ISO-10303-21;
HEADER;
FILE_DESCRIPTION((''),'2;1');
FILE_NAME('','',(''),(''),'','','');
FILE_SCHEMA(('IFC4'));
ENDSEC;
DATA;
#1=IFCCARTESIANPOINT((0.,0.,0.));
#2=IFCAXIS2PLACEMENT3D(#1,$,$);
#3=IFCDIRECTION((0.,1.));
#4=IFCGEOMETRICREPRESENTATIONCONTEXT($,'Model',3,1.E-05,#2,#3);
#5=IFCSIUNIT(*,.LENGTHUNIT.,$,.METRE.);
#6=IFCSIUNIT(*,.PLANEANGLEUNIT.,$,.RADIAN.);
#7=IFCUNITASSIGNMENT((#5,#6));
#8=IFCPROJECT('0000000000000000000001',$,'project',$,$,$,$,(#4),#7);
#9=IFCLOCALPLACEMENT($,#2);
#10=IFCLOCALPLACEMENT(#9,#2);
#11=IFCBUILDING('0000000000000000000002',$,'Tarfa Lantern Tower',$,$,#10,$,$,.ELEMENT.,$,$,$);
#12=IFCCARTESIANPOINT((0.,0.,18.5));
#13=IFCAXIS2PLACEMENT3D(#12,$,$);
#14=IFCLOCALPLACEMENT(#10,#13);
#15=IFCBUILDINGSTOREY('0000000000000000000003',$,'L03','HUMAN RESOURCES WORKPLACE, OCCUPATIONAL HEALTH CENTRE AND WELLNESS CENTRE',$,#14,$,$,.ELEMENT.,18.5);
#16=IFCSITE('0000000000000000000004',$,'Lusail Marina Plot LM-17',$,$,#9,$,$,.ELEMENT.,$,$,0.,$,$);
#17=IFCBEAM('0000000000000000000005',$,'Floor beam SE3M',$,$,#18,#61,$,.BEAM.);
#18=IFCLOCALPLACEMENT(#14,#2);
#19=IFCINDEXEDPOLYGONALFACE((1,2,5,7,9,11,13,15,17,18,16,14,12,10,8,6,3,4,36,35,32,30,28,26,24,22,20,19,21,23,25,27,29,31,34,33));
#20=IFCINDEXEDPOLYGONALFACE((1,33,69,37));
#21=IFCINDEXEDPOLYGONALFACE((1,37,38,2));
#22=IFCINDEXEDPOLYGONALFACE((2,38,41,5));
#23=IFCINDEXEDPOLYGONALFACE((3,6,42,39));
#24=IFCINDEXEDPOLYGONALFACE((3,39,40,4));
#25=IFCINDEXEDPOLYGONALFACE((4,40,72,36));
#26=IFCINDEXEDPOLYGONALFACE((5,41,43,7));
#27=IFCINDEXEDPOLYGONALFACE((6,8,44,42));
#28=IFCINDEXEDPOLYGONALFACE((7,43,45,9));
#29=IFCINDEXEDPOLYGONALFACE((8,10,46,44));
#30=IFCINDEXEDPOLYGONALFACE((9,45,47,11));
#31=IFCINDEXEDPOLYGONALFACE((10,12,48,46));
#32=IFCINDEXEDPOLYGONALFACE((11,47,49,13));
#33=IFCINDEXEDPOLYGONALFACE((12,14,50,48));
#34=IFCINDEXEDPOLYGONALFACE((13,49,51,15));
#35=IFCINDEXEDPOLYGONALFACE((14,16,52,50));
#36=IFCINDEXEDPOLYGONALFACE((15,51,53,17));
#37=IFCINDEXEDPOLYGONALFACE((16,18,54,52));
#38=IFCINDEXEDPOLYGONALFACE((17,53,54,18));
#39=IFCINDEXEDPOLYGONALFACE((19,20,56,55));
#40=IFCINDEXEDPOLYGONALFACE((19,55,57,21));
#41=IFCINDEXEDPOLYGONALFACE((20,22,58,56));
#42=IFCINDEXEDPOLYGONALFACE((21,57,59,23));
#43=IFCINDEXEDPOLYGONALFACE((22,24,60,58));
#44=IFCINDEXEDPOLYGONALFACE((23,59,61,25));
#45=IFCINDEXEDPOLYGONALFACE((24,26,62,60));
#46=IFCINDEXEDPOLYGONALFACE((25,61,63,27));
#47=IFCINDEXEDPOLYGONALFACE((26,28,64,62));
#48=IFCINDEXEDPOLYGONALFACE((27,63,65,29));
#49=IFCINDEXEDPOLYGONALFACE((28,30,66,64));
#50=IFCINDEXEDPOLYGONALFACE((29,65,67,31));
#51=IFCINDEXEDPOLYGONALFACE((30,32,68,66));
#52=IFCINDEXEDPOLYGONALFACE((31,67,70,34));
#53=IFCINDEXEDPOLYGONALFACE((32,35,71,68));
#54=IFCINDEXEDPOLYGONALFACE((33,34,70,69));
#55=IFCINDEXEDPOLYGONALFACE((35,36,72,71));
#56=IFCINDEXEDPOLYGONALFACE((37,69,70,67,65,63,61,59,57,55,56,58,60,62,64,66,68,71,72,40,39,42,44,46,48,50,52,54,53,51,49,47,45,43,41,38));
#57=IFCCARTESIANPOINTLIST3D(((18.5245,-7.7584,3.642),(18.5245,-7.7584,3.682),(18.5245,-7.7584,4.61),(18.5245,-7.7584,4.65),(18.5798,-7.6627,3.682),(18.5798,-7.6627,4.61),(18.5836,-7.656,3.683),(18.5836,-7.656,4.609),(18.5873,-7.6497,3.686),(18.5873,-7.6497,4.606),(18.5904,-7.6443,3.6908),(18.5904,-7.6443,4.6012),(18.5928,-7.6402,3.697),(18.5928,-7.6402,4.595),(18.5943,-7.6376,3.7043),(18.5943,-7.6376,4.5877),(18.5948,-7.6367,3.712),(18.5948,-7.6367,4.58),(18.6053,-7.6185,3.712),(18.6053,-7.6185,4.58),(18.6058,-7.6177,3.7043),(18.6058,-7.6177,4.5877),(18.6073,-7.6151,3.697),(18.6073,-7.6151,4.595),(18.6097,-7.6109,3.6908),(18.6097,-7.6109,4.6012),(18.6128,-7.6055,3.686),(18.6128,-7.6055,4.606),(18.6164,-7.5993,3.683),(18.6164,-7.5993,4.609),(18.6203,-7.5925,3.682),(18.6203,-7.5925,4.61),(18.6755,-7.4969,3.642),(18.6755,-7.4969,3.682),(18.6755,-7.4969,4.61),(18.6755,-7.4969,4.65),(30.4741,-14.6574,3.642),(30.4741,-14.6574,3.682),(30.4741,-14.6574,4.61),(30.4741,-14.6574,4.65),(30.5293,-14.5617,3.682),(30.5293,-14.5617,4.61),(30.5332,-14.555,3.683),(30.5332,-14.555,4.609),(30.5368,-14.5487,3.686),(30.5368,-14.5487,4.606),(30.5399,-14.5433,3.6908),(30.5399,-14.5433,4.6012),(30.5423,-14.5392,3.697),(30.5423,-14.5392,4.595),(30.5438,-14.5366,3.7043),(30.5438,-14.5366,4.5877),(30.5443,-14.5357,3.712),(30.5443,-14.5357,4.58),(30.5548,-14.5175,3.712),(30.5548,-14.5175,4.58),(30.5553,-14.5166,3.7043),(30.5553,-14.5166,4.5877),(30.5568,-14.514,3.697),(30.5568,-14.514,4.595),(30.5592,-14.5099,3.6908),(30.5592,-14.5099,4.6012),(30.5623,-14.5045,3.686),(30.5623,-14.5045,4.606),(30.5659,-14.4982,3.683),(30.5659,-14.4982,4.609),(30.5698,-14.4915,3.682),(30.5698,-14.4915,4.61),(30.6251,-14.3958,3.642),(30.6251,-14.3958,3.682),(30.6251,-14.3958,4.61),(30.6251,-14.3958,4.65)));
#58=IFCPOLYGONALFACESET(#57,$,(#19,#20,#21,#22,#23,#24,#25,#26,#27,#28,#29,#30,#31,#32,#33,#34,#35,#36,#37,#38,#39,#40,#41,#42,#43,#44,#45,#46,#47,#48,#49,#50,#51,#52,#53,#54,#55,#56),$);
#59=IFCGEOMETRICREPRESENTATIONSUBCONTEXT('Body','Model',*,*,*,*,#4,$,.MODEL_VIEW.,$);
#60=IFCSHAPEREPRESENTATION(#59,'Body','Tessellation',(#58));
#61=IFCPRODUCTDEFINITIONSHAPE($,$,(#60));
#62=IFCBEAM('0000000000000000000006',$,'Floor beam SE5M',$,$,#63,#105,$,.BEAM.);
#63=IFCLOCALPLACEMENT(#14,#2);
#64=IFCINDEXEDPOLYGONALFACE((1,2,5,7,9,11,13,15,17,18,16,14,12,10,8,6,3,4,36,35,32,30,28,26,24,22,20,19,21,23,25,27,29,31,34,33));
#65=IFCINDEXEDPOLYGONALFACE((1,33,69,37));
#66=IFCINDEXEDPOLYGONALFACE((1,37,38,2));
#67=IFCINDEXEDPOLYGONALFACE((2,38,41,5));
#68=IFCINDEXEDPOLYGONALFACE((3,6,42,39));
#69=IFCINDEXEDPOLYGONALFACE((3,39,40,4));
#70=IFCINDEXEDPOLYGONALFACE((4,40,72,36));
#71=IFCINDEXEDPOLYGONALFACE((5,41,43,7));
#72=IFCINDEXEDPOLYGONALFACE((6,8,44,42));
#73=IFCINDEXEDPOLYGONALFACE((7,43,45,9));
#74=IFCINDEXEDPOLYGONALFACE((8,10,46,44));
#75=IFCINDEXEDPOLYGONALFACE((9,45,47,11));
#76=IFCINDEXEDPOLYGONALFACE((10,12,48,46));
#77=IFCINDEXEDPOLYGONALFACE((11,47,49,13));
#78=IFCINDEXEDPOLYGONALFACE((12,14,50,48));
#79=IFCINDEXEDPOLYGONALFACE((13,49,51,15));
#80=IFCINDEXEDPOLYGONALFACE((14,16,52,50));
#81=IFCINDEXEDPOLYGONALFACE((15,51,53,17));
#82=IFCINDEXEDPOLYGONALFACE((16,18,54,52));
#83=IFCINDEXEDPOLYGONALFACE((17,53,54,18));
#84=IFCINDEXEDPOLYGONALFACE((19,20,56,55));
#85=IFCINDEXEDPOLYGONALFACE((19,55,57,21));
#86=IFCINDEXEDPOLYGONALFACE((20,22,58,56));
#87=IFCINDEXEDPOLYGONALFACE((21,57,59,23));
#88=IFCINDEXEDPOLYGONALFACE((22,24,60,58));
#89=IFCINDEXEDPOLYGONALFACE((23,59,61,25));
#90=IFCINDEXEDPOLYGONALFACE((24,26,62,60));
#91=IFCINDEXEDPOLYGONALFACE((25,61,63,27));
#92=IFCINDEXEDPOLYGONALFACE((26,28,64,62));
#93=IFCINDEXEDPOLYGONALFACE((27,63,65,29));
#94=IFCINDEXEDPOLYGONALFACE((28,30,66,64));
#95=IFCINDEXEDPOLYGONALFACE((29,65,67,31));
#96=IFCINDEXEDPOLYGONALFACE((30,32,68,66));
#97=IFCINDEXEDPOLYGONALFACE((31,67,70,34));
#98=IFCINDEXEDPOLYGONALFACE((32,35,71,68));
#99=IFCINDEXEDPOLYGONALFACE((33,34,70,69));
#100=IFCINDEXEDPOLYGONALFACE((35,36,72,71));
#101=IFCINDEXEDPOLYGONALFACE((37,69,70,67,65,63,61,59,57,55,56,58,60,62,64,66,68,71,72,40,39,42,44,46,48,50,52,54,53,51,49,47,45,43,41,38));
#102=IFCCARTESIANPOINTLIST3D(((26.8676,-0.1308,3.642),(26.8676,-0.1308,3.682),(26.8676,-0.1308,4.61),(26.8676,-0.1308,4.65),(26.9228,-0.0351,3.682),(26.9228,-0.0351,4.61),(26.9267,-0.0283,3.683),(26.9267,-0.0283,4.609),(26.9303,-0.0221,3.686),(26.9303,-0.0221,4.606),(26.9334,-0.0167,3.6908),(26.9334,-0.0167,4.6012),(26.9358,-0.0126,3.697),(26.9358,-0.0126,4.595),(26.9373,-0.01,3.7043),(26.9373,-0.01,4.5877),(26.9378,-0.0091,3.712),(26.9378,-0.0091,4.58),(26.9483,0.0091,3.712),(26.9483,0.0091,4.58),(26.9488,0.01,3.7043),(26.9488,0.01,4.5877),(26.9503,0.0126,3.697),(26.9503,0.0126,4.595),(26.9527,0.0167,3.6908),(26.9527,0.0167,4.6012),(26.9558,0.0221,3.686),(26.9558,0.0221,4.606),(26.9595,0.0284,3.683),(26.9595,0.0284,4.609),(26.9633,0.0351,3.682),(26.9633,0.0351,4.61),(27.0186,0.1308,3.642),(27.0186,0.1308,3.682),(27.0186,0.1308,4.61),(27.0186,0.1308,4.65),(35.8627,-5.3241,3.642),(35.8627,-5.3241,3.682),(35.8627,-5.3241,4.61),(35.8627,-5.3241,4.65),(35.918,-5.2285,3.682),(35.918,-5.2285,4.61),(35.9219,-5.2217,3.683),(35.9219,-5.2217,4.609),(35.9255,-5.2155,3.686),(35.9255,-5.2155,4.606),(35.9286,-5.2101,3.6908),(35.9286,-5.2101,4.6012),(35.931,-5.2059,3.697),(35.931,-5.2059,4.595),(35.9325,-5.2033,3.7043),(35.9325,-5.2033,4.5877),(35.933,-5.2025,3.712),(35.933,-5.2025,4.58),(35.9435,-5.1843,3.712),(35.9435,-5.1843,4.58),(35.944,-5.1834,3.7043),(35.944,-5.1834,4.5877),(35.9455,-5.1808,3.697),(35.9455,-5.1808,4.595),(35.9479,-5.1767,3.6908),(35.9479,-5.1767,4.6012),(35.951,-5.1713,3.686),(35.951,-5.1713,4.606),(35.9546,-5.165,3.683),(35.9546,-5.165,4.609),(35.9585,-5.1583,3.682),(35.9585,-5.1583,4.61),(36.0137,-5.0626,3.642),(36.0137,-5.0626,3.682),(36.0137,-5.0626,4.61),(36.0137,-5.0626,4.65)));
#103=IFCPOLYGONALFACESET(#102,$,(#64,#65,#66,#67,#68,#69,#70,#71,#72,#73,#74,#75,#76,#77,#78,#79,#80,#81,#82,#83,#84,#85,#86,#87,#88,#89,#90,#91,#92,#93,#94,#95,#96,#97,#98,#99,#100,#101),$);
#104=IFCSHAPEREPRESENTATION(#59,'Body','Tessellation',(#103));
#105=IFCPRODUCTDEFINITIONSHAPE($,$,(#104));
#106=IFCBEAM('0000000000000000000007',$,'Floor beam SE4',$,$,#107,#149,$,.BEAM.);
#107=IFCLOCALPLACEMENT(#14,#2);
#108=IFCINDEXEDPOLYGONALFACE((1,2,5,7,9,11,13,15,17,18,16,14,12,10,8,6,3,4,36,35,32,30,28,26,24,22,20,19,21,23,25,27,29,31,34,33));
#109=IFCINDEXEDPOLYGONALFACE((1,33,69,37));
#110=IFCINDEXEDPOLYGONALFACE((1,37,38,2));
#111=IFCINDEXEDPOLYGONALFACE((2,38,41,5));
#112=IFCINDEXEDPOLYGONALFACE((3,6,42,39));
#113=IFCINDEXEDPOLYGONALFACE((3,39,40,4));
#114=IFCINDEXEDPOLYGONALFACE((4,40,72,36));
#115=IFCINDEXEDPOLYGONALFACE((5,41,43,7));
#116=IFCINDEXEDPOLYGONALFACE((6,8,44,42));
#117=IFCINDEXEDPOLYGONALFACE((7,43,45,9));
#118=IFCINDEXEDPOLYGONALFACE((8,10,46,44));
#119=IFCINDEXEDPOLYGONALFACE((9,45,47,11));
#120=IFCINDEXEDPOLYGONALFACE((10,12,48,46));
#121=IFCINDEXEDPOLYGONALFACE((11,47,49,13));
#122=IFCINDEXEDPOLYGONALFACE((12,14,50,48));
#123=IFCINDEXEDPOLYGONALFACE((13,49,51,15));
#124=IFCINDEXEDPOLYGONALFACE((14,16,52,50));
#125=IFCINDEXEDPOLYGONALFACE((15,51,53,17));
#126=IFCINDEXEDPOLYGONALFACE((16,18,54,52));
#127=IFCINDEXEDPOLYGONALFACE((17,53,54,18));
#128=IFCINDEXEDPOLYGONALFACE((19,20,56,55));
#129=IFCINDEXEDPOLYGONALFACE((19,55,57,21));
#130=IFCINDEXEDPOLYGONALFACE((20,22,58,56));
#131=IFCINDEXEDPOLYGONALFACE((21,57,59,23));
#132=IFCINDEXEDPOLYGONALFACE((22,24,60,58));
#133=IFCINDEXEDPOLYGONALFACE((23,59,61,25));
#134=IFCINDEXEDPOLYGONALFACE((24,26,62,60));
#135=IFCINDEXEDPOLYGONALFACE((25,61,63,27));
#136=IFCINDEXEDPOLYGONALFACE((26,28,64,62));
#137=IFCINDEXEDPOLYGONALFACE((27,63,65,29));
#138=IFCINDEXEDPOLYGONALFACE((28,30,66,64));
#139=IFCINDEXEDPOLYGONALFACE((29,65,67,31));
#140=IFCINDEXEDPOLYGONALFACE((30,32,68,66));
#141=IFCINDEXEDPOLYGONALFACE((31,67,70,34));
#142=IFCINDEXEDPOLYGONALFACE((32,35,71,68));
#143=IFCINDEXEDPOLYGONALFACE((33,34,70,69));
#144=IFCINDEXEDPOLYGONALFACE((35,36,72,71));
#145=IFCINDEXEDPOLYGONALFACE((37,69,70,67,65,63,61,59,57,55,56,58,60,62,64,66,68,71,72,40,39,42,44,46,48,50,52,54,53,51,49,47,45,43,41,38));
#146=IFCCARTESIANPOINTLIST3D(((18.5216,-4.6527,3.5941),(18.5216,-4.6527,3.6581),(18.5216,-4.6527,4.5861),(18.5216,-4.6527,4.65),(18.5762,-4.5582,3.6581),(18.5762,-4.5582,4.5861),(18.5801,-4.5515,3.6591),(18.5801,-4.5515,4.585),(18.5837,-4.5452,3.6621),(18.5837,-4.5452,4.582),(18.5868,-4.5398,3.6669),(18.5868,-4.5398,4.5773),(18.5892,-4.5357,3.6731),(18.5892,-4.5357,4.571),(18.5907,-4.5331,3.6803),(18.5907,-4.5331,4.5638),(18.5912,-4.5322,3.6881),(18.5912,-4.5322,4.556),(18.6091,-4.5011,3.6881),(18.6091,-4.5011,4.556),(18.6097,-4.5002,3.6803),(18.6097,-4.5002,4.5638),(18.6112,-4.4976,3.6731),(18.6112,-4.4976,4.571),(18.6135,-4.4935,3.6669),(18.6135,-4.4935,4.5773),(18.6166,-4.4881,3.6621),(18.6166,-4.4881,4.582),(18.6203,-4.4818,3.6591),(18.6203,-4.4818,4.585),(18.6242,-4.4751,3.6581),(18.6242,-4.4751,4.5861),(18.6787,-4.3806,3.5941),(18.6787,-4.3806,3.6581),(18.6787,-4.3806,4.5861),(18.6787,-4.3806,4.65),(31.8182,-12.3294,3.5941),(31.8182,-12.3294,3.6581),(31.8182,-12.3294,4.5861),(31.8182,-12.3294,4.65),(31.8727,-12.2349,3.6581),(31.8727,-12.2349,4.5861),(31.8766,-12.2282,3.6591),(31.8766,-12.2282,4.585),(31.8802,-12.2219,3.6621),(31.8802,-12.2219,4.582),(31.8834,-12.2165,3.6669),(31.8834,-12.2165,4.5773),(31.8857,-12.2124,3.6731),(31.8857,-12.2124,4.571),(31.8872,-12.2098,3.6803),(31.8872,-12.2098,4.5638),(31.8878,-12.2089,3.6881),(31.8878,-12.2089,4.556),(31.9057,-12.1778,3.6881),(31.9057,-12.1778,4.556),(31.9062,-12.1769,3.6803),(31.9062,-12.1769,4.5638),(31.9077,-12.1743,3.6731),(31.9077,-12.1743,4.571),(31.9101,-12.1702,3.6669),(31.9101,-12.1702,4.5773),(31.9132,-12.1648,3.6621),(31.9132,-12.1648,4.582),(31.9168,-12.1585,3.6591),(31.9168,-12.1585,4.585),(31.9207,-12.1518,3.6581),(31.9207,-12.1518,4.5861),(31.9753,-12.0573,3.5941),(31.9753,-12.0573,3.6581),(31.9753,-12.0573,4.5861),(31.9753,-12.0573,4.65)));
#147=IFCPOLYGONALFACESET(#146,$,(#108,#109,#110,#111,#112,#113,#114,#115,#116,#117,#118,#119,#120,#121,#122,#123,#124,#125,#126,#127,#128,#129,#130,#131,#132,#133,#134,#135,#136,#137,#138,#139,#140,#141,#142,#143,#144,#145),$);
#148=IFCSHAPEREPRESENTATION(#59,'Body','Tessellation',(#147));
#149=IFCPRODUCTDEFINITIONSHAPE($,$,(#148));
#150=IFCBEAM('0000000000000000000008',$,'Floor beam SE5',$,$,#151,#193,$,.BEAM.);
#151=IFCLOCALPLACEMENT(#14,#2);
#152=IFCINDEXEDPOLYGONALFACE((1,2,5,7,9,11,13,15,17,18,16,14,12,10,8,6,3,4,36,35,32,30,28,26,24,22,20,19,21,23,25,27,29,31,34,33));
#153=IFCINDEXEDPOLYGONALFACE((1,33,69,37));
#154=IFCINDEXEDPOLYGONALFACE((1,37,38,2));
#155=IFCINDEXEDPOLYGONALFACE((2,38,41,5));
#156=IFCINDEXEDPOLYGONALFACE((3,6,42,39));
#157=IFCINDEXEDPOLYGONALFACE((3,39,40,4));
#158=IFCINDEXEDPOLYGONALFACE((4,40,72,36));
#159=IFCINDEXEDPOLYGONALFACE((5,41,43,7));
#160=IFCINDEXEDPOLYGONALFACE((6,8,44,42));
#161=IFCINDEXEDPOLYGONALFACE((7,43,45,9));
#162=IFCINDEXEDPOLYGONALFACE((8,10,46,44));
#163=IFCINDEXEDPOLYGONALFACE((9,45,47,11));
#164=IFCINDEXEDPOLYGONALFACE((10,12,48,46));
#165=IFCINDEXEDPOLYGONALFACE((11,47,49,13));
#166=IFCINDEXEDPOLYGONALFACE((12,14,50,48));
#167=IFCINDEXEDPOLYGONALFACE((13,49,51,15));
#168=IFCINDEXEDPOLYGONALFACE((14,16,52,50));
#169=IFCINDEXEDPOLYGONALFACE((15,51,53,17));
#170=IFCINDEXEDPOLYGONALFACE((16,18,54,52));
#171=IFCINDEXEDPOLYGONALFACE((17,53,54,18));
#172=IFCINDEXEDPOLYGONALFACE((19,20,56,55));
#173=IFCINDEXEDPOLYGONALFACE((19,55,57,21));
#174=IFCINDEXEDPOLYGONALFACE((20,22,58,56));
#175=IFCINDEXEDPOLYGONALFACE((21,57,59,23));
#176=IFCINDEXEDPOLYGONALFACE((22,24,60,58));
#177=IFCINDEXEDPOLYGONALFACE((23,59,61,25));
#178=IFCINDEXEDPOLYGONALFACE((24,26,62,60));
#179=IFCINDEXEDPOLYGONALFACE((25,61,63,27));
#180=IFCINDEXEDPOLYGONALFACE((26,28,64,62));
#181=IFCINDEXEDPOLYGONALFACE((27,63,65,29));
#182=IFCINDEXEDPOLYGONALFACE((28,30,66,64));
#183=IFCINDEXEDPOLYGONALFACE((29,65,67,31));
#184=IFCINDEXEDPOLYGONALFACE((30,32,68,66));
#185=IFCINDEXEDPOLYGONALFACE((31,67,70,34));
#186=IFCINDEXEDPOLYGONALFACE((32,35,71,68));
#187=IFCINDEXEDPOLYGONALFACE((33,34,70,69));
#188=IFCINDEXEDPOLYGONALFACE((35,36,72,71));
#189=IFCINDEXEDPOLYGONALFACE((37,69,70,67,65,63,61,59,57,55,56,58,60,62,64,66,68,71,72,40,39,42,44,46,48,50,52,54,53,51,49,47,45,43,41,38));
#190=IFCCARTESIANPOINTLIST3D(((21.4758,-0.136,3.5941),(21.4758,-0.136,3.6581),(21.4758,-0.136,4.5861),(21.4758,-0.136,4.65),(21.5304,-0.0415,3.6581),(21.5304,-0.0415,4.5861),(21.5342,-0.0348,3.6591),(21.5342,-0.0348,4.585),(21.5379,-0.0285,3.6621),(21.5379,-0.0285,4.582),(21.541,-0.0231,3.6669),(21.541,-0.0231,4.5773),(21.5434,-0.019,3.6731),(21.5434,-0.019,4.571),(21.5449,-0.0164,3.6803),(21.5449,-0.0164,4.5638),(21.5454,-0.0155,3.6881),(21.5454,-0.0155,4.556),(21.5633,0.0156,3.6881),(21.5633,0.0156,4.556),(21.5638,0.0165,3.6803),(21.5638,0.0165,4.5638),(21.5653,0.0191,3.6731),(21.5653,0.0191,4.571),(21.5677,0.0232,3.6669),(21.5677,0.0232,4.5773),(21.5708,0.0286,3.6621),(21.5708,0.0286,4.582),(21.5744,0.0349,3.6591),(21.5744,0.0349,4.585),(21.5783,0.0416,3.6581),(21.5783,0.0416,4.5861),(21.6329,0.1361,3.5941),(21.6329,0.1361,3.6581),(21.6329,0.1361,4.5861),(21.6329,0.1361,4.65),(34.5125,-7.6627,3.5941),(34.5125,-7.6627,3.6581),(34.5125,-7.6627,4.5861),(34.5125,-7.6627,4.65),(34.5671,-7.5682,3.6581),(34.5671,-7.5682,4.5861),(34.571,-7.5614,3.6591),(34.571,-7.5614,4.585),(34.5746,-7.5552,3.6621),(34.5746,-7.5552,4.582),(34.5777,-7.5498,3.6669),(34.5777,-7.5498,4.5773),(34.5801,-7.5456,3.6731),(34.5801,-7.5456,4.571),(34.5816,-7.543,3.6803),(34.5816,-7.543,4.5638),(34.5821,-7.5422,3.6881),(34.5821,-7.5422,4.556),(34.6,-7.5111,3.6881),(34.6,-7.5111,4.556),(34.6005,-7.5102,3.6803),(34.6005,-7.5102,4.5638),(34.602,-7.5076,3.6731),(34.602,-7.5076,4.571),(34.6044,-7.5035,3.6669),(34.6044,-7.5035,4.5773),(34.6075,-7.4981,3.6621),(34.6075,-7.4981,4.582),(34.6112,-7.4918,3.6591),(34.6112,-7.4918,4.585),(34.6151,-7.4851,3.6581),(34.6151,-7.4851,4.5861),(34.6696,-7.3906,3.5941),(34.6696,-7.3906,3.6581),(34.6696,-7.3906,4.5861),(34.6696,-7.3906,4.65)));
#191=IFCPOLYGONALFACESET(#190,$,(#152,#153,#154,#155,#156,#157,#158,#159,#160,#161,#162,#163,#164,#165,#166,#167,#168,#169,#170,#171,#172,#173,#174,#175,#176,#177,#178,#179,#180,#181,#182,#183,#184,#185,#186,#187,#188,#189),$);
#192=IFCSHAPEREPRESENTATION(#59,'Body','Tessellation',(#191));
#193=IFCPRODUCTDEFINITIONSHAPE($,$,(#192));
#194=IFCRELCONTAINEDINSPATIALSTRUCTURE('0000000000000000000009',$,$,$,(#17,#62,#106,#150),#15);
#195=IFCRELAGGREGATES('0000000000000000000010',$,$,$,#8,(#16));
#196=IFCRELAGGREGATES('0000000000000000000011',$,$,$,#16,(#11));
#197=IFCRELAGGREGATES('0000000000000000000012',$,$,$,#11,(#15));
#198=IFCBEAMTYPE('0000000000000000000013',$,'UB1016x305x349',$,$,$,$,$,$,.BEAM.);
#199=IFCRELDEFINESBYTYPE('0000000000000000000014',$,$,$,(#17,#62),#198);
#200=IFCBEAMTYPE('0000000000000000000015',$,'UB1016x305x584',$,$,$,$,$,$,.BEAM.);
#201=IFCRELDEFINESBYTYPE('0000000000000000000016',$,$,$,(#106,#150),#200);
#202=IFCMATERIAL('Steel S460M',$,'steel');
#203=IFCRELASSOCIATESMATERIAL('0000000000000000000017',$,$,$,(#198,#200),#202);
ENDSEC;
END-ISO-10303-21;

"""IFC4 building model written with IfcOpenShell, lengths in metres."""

from ifc_helpers import new_model, si_unit, direction, frame, origin, origin_2d, place, context, subcontext, project, spatial, i_section, extrude, material, material_profile, profile_set, type_object, element, save


model = new_model("IFC4")

# Units and contexts
model_context = context("Model", 3, precision=1e-05, world=origin(), true_north=direction((0.0, 1.0)))
body_context = subcontext(model_context, "Body", "Model", "MODEL_VIEW")
ifc_project = project(units=[si_unit("LENGTHUNIT", "METRE"), si_unit("PLANEANGLEUNIT", "RADIAN")], contexts=[model_context])

# Site, building, storey
site_placement = place(None, origin())
site = spatial("IfcSite", under=ifc_project, at=site_placement, Name="Lusail Marina Plot LM-17", CompositionType="ELEMENT", RefElevation=0.0)
building_placement = place(site_placement, origin())
building = spatial("IfcBuilding", under=site, at=building_placement, Name="Tarfa Lantern Tower", CompositionType="ELEMENT")
storey_placement = place(building_placement, frame((0.0, 0.0, 18.5)))
storey = spatial("IfcBuildingStorey", under=building, at=storey_placement, Name="L03", Description="HUMAN RESOURCES WORKPLACE, OCCUPATIONAL HEALTH CENTRE AND WELLNESS CENTRE", CompositionType="ELEMENT", Elevation=18.5)

# Beams
ifc_material_1 = material(Name="Steel S460M", Category="steel")
ifc_material_profile_1 = material_profile(ifc_material_1, i_section(OverallWidth=0.302, OverallDepth=1.0081, WebThickness=0.021, FlangeThickness=0.04, FilletRadius=0.03, at=origin_2d()), Name="UB1016x305x349")
ifc_profile_set_1 = profile_set([ifc_material_profile_1], Name="Steel S460M")
beam_type_1 = type_object("IfcBeamType", Name="UB1016x305x349", PredefinedType="BEAM", material=ifc_profile_set_1)
beam_1_placement = place(storey_placement, frame((30.5496, -14.5266, 4.146), z_axis=(-0.866029, 0.499995, 0.0), x_axis=(-0.499995, -0.866029, 0.0)))
element("IfcBeam", 1, at=beam_1_placement, inside=storey, type_object=beam_type_1, Name="Floor beam SE3M", PredefinedType="BEAM", context=body_context, shape_type="SweptSolid", body=[
    extrude(i_section(OverallWidth=0.302, OverallDepth=1.0081, WebThickness=0.021, FlangeThickness=0.04, FilletRadius=0.03, at=origin_2d()), origin(), (0.0, 0.0, 1.0), 13.7981),
])
beam_2_placement = place(storey_placement, frame((35.9382, -5.1934, 4.146), z_axis=(-0.866024, 0.500002, 0.0), x_axis=(-0.500002, -0.866024, 0.0)))
element("IfcBeam", 2, at=beam_2_placement, inside=storey, type_object=beam_type_1, Name="Floor beam SE5M", PredefinedType="BEAM", context=body_context, shape_type="SweptSolid", body=[
    extrude(i_section(OverallWidth=0.302, OverallDepth=1.0081, WebThickness=0.021, FlangeThickness=0.04, FilletRadius=0.03, at=origin_2d()), origin(), (0.0, 0.0, 1.0), 10.3867),
])
ifc_material_profile_2 = material_profile(ifc_material_1, i_section(OverallWidth=0.3142, OverallDepth=1.0559, WebThickness=0.0359, FlangeThickness=0.064, FilletRadius=0.03, at=origin_2d()), Name="UB1016x305x584")
ifc_profile_set_2 = profile_set([ifc_material_profile_2], Name="Steel S460M")
beam_type_2 = type_object("IfcBeamType", Name="UB1016x305x584", PredefinedType="BEAM", material=ifc_profile_set_2)
beam_3_placement = place(storey_placement, frame((31.8967, -12.1934, 4.1221), z_axis=(-0.866027, 0.499997, 0.0), x_axis=(-0.499997, -0.866027, 0.0)))
element("IfcBeam", 3, at=beam_3_placement, inside=storey, type_object=beam_type_2, Name="Floor beam SE4", PredefinedType="BEAM", context=body_context, shape_type="SweptSolid", body=[
    extrude(i_section(OverallWidth=0.3142, OverallDepth=1.0559, WebThickness=0.0359, FlangeThickness=0.064, FilletRadius=0.03, at=origin_2d()), origin(), (0.0, 0.0, 1.0), 15.3535),
])
beam_4_placement = place(storey_placement, frame((34.5911, -7.5266, 4.1221), z_axis=(-0.866028, 0.499996, 0.0), x_axis=(-0.499996, -0.866028, 0.0)))
element("IfcBeam", 4, at=beam_4_placement, inside=storey, type_object=beam_type_2, Name="Floor beam SE5", PredefinedType="BEAM", context=body_context, shape_type="SweptSolid", body=[
    extrude(i_section(OverallWidth=0.3142, OverallDepth=1.0559, WebThickness=0.0359, FlangeThickness=0.064, FilletRadius=0.03, at=origin_2d()), origin(), (0.0, 0.0, 1.0), 15.0535),
])

save(model, "model.ifc")
